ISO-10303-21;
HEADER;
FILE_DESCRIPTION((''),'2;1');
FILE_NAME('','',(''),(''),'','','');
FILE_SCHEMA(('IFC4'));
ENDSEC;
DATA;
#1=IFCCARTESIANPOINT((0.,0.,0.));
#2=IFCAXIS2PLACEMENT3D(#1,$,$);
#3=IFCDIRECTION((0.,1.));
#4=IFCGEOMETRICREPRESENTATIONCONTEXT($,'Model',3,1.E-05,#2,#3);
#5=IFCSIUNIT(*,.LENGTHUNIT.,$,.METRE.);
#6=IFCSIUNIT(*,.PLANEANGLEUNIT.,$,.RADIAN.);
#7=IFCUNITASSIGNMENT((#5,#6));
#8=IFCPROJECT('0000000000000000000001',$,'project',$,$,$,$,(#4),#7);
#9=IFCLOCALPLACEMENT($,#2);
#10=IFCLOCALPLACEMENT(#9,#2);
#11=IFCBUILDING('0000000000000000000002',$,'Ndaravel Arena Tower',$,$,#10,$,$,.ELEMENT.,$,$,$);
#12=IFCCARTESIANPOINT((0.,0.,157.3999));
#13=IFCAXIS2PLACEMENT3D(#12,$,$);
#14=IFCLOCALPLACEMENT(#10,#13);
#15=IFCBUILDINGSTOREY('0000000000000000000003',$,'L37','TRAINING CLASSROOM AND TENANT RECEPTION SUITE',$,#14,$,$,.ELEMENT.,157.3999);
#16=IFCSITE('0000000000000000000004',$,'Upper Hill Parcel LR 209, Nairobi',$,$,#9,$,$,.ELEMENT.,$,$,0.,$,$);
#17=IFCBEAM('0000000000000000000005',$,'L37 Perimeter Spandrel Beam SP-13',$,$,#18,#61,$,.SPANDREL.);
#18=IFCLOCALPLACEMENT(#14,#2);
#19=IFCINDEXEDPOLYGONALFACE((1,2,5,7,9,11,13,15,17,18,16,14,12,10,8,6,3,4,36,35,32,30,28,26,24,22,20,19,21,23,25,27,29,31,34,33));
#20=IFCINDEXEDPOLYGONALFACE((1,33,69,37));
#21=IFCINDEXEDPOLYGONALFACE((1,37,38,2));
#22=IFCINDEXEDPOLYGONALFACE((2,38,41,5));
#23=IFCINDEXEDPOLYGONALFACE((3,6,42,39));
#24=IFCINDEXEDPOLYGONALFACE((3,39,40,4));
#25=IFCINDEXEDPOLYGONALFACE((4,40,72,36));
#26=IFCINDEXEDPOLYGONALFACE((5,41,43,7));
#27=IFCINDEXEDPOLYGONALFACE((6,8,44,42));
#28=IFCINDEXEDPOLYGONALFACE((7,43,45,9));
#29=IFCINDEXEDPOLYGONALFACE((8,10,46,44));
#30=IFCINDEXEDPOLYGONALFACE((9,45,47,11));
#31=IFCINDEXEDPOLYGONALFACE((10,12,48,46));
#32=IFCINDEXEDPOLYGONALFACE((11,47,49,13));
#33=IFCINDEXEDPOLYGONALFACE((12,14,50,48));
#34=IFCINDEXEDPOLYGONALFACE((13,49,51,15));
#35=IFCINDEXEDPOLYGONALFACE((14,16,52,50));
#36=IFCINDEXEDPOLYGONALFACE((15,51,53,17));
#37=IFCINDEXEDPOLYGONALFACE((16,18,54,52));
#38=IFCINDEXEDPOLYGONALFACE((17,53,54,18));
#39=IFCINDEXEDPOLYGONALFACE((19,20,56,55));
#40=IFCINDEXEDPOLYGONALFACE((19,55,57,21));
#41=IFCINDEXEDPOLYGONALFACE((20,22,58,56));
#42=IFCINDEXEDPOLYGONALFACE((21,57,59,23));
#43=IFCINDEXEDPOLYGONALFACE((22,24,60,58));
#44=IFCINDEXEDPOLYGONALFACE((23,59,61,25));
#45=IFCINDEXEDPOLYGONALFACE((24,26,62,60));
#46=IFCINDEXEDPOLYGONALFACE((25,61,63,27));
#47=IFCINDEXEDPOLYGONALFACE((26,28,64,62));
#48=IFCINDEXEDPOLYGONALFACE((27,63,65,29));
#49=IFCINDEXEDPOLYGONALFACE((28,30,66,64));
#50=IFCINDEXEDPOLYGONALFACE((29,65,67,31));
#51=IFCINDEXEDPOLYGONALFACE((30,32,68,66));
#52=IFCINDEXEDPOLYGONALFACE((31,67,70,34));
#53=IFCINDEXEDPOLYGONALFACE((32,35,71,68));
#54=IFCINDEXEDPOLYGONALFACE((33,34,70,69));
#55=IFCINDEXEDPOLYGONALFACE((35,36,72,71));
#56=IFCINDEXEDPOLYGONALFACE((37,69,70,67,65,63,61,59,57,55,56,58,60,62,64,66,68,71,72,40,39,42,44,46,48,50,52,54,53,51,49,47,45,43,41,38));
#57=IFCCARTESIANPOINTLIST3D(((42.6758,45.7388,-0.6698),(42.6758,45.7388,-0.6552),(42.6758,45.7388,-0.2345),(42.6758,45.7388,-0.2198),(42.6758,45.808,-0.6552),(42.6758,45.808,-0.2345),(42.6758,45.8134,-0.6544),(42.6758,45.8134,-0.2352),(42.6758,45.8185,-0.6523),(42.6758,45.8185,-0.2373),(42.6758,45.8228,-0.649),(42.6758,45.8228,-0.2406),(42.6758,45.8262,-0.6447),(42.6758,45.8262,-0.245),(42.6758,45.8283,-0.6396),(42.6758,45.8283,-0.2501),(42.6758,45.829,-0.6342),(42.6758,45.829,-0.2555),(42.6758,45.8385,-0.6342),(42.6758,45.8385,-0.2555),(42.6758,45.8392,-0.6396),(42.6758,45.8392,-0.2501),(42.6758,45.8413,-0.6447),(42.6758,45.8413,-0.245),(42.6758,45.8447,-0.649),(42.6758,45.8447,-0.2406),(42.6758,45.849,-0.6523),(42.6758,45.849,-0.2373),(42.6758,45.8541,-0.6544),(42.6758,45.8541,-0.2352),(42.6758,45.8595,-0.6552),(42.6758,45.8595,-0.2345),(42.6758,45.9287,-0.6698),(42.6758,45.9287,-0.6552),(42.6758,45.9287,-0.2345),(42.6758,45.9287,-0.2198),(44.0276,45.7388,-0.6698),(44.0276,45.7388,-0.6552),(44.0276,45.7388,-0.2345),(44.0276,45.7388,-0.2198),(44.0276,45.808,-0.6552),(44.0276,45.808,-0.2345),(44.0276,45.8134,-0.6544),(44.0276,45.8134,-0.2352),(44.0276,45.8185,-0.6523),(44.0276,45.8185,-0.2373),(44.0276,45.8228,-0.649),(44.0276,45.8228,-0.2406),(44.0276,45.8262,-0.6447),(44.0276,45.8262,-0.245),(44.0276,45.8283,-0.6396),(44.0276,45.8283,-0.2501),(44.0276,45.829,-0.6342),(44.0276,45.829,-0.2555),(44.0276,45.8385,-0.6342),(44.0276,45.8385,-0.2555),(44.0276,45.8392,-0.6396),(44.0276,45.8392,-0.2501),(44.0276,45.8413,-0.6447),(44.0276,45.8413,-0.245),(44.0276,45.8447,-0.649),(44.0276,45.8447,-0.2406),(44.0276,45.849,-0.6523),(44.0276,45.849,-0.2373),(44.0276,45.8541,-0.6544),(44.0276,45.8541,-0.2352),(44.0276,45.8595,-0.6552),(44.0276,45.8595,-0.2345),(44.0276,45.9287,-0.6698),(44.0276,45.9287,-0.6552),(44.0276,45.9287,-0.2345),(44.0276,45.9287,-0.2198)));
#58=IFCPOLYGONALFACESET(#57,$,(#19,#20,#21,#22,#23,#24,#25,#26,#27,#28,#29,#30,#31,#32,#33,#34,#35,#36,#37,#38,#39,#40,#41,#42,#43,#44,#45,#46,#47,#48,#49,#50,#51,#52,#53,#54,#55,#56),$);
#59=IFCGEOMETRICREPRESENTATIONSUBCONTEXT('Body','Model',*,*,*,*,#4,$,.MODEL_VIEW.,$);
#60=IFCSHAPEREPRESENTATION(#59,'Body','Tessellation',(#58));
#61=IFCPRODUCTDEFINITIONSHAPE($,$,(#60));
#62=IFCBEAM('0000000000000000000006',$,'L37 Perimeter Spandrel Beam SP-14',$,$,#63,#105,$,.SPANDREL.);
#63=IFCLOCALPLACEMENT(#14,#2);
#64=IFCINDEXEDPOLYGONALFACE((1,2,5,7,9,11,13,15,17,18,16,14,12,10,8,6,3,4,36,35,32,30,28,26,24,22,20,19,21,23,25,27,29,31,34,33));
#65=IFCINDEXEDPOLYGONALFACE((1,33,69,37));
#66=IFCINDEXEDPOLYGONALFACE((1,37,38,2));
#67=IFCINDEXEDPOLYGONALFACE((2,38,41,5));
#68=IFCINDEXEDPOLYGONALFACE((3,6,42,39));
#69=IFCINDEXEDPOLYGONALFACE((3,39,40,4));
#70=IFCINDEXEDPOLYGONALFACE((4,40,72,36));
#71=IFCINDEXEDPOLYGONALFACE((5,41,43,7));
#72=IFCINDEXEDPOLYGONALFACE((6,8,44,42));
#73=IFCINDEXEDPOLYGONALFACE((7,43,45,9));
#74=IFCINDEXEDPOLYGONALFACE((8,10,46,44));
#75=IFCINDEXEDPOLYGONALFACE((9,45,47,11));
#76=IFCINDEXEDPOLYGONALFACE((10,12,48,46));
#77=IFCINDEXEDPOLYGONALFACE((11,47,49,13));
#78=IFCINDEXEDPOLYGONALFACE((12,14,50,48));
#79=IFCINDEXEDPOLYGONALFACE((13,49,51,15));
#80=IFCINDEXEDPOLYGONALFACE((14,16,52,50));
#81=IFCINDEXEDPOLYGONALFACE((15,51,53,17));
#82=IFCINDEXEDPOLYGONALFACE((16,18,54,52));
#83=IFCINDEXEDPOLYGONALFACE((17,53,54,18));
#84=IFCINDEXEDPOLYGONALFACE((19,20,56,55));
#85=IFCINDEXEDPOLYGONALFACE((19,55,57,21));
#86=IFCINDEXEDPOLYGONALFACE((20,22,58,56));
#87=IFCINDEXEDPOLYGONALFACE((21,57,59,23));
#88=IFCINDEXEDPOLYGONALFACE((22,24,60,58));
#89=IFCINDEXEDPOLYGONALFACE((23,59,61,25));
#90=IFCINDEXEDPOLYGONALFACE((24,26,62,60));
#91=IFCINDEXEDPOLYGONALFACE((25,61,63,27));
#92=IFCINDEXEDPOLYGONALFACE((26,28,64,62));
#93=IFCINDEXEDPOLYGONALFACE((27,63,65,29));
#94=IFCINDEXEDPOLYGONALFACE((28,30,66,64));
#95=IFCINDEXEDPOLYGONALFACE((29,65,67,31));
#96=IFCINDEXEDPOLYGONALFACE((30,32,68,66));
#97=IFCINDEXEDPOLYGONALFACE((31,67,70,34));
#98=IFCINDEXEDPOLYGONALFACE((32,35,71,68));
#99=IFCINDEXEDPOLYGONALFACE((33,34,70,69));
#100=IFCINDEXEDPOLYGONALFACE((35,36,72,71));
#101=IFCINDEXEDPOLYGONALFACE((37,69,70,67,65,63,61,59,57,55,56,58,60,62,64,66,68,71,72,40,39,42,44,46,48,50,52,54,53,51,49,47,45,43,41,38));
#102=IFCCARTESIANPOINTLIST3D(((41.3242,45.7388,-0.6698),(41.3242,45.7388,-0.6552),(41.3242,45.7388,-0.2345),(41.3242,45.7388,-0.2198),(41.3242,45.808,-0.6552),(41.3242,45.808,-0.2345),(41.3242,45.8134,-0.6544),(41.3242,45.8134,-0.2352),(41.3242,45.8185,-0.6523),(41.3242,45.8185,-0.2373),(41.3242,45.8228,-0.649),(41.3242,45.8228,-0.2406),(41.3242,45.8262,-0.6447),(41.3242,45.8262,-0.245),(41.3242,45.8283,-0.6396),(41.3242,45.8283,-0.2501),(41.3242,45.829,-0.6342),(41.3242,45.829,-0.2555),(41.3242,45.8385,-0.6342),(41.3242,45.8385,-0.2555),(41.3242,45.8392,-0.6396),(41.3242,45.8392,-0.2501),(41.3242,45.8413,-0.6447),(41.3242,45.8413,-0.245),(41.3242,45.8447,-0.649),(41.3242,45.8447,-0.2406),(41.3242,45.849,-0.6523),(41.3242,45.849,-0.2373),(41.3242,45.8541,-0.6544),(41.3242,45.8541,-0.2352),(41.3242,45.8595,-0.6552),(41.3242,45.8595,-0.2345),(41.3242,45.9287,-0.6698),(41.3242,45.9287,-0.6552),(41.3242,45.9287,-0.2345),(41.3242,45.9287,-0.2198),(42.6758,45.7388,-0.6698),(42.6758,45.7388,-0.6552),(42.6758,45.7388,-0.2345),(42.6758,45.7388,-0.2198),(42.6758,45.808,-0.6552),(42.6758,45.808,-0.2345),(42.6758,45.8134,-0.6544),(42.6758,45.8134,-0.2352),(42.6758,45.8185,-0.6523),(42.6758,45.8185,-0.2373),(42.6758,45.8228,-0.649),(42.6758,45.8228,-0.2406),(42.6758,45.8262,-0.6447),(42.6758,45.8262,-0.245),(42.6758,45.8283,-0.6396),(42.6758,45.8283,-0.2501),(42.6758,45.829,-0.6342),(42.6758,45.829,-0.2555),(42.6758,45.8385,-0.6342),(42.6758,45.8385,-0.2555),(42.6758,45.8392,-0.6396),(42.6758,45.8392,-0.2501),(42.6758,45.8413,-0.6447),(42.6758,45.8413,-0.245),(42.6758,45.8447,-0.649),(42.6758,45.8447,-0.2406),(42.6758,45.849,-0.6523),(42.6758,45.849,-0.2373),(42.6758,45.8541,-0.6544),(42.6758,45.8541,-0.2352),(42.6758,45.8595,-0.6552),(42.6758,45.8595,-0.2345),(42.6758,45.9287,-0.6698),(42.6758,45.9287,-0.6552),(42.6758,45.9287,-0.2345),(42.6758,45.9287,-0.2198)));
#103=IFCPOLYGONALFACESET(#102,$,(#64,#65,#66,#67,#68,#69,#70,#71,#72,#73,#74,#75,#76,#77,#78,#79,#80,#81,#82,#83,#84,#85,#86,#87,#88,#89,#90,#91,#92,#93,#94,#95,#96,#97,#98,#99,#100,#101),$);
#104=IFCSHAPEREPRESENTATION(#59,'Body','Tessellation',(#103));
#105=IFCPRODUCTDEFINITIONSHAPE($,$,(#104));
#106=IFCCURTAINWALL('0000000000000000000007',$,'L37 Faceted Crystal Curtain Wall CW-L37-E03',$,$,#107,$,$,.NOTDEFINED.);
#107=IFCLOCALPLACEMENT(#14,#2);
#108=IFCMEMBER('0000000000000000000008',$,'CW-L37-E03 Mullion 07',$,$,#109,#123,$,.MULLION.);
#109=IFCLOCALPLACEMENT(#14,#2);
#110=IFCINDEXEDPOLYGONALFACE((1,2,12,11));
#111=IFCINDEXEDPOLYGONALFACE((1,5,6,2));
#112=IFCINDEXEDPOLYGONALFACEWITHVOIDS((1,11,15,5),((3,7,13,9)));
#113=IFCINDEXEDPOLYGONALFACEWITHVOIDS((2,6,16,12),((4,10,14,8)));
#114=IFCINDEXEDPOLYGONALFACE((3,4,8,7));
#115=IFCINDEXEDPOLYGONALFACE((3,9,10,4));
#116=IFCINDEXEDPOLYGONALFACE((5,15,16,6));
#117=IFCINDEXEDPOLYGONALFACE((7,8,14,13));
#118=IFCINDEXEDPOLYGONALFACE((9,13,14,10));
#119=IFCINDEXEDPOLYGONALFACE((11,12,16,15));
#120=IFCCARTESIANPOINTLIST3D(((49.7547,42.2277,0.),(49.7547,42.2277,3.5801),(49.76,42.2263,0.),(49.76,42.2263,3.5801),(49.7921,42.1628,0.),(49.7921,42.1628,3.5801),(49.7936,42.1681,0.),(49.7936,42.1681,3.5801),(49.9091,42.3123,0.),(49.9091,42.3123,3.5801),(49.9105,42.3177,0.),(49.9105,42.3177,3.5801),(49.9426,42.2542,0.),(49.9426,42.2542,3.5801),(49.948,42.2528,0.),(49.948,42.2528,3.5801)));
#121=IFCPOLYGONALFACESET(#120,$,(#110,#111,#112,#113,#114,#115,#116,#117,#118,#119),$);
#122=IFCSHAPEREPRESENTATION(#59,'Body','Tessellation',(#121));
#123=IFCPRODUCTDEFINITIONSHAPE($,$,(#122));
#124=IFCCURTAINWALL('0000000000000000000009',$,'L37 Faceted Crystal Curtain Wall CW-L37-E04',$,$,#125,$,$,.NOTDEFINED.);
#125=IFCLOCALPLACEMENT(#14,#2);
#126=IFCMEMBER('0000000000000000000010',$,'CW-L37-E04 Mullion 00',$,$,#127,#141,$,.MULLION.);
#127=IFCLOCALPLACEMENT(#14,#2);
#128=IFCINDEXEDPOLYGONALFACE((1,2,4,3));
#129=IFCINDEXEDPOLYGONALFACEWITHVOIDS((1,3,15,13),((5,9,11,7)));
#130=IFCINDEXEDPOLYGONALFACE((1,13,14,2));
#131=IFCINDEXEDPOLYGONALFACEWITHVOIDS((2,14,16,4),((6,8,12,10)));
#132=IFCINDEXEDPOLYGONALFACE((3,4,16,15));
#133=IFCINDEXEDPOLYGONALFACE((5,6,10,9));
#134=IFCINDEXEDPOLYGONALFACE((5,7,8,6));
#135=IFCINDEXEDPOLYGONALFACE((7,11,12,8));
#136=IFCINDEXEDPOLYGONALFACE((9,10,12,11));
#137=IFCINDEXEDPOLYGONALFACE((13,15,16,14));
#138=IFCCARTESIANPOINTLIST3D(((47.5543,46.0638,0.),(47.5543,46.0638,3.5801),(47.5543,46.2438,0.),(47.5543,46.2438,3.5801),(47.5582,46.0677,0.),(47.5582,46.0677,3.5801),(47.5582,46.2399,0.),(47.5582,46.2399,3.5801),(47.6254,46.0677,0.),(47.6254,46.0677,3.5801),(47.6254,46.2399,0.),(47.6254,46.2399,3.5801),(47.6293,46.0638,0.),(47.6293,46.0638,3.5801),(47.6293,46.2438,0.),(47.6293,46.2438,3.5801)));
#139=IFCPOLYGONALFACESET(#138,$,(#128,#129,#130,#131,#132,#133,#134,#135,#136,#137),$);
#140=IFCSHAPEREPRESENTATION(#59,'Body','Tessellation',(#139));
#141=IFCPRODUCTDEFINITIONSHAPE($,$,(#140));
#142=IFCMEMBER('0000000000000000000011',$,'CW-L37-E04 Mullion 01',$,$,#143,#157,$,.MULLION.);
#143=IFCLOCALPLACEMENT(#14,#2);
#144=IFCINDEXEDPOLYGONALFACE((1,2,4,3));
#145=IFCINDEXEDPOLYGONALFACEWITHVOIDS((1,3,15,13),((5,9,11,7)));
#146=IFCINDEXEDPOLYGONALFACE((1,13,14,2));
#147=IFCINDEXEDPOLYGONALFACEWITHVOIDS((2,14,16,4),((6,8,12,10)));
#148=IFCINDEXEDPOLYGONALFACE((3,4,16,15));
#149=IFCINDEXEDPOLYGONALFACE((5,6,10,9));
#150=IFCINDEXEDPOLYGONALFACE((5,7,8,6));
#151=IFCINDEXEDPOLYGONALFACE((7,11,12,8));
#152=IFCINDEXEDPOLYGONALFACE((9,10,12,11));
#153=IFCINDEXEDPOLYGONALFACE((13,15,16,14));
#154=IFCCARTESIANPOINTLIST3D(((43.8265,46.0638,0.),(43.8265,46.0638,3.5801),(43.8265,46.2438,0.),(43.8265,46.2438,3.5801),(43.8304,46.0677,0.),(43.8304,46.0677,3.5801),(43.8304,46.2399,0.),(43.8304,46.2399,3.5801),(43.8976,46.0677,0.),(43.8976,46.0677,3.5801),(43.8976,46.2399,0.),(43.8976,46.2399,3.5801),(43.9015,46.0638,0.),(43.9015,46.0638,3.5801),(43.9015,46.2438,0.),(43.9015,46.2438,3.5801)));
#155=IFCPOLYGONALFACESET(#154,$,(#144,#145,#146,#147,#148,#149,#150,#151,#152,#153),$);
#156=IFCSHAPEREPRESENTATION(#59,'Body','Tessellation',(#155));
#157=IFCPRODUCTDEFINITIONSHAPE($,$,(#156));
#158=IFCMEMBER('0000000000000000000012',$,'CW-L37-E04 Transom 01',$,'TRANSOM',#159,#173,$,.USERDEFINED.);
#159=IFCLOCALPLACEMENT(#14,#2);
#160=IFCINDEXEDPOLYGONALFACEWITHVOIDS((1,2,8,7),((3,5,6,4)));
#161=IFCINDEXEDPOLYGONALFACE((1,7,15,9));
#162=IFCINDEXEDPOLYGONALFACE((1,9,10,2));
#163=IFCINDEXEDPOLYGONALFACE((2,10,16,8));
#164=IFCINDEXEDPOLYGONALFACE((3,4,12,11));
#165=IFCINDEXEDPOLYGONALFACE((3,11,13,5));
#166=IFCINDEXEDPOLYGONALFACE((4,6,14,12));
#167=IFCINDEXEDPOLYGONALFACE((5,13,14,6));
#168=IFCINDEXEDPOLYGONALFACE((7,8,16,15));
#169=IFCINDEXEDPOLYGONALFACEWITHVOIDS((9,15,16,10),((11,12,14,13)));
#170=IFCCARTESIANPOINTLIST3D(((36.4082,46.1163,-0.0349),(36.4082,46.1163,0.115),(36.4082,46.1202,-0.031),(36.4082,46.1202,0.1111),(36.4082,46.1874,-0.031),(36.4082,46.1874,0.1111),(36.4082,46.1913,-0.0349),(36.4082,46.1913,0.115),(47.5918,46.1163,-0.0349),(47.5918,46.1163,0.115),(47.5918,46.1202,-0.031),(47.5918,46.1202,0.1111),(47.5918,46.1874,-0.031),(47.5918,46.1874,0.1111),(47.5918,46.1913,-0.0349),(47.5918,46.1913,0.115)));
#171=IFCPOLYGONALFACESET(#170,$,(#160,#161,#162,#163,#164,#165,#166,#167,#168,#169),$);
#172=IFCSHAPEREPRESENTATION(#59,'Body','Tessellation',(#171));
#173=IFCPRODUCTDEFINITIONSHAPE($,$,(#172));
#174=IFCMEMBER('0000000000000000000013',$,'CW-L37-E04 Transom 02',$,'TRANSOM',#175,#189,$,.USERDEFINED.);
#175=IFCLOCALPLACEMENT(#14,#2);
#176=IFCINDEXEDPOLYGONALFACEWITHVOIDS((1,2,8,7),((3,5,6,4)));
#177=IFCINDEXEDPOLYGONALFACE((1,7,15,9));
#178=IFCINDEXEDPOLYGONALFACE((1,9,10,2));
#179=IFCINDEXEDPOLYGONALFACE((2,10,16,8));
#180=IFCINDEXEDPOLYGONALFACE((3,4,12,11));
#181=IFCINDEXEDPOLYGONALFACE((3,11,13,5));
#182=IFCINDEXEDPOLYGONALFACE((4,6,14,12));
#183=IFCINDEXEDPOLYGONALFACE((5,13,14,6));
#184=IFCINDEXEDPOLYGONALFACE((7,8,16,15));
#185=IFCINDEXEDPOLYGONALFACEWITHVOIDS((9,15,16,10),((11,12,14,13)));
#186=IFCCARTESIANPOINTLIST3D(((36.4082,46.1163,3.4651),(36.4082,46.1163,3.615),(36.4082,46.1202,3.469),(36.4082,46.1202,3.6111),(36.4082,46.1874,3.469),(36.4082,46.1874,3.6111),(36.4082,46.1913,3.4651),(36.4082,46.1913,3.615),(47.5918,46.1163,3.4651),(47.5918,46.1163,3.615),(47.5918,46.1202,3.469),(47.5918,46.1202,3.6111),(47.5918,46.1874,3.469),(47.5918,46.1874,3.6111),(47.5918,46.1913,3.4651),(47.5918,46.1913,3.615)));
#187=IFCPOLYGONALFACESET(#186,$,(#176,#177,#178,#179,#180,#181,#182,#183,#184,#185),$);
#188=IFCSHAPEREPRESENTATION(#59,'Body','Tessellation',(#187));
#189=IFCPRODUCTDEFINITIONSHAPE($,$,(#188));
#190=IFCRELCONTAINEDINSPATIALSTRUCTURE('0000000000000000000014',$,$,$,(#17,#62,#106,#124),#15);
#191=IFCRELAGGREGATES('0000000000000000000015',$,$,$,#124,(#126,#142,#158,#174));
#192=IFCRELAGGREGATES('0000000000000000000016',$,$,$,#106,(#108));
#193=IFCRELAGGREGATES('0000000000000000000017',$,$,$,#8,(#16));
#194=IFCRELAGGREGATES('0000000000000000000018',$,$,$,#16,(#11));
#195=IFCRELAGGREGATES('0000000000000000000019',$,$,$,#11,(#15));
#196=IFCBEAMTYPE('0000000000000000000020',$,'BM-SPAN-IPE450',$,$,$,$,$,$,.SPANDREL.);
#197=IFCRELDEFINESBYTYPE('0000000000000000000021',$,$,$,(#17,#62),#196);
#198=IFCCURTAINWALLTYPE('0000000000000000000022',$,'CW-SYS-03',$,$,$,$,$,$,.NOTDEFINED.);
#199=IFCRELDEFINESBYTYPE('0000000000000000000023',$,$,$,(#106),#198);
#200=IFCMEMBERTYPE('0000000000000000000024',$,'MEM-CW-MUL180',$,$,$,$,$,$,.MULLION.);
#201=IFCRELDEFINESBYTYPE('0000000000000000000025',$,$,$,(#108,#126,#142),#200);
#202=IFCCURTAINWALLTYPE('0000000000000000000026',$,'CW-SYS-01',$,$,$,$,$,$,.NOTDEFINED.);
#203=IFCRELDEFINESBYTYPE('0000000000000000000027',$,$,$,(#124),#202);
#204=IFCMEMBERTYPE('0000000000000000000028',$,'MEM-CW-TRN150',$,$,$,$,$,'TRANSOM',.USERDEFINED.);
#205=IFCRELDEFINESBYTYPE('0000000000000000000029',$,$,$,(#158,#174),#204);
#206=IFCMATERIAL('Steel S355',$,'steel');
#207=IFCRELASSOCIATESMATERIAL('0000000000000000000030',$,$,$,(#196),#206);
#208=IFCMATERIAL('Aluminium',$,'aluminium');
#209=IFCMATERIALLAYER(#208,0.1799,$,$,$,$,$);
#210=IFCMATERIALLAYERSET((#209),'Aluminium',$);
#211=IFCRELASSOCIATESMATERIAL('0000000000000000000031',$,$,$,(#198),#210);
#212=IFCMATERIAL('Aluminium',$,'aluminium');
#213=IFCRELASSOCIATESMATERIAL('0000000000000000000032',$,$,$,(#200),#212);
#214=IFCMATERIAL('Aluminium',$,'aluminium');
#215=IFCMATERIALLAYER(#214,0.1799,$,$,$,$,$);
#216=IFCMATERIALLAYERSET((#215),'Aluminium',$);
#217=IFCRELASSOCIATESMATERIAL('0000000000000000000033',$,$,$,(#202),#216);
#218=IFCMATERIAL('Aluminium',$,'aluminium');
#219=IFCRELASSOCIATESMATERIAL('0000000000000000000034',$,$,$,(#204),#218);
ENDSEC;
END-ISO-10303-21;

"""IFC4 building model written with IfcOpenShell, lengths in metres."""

from ifc_helpers import new_model, si_unit, direction, frame, origin, origin_2d, place, context, subcontext, project, spatial, hollow_rectangle, i_section, extrude, material, layer, layer_set, material_profile, profile_set, type_object, element, aggregate, save


model = new_model("IFC4")

# Units and contexts
model_context = context("Model", 3, precision=1e-05, world=origin(), true_north=direction((0.0, 1.0)))
body_context = subcontext(model_context, "Body", "Model", "MODEL_VIEW")
ifc_project = project(units=[si_unit("LENGTHUNIT", "METRE"), si_unit("PLANEANGLEUNIT", "RADIAN")], contexts=[model_context])

# Site, building, storey
site_placement = place(None, origin())
site = spatial("IfcSite", under=ifc_project, at=site_placement, Name="Upper Hill Parcel LR 209, Nairobi", CompositionType="ELEMENT", RefElevation=0.0)
building_placement = place(site_placement, origin())
building = spatial("IfcBuilding", under=site, at=building_placement, Name="Ndaravel Arena Tower", CompositionType="ELEMENT")
storey_placement = place(building_placement, frame((0.0, 0.0, 157.3999)))
storey = spatial("IfcBuildingStorey", under=building, at=storey_placement, Name="L37", Description="TRAINING CLASSROOM AND TENANT RECEPTION SUITE", CompositionType="ELEMENT", Elevation=157.3999)

# Beams
ifc_material_1 = material(Name="Steel S355", Category="steel")
ifc_material_profile_1 = material_profile(ifc_material_1, i_section(OverallWidth=0.1899, OverallDepth=0.45, WebThickness=0.0095, FlangeThickness=0.0146, FilletRadius=0.021, at=origin_2d()), Name="IPE 450")
ifc_profile_set_1 = profile_set([ifc_material_profile_1], Name="Steel S355")
beam_type_1 = type_object("IfcBeamType", Name="BM-SPAN-IPE450", PredefinedType="SPANDREL", material=ifc_profile_set_1)
for number, where, z_axis, x_axis, name in (
    (1, (44.0276, 45.8337, -0.4448), (-1.0, 0.0, 0.0), (0.0, -1.0, 0.0), "L37 Perimeter Spandrel Beam SP-13"),
):
    element("IfcBeam", number, at=place(storey_placement, frame(where, z_axis=z_axis, x_axis=x_axis)), inside=storey, type_object=beam_type_1, Name=name, PredefinedType="SPANDREL", context=body_context, shape_type="SweptSolid", body=[
        extrude(i_section(OverallWidth=0.1899, OverallDepth=0.45, WebThickness=0.0095, FlangeThickness=0.0146, FilletRadius=0.021, at=origin_2d()), origin(), (0.0, 0.0, 1.0), 1.3518),
    ])
beam_1_placement = place(storey_placement, frame((42.6758, 45.8337, -0.4448), z_axis=(-1.0, 0.0, 0.0), x_axis=(0.0, -1.0, 0.0)))
element("IfcBeam", 2, at=beam_1_placement, inside=storey, type_object=beam_type_1, Name="L37 Perimeter Spandrel Beam SP-14", PredefinedType="SPANDREL", context=body_context, shape_type="SweptSolid", body=[
    extrude(i_section(OverallWidth=0.1899, OverallDepth=0.45, WebThickness=0.0095, FlangeThickness=0.0146, FilletRadius=0.021, at=origin_2d()), origin(), (0.0, 0.0, 1.0), 1.3516),
])

# Curtain wall, member
ifc_material_2 = material(Name="Aluminium", Category="aluminium")
ifc_layer_1 = layer(ifc_material_2, 0.1799)
ifc_layer_set_1 = layer_set([ifc_layer_1], Name="Aluminium")
curtain_wall_type_1 = type_object("IfcCurtainWallType", Name="CW-SYS-03", PredefinedType="NOTDEFINED", material=ifc_layer_set_1)
curtain_wall_1_placement = place(storey_placement, origin())
curtain_wall_1 = element("IfcCurtainWall", 3, at=curtain_wall_1_placement, inside=storey, type_object=curtain_wall_type_1, Name="L37 Faceted Crystal Curtain Wall CW-L37-E03", PredefinedType="NOTDEFINED")
ifc_material_3 = material(Name="Aluminium", Category="aluminium")
ifc_material_profile_2 = material_profile(ifc_material_3, hollow_rectangle(XDim=0.075, YDim=0.1799, WallThickness=0.0039, at=origin_2d()), Name="CW MULLION 75x180x4")
ifc_profile_set_2 = profile_set([ifc_material_profile_2], Name="Aluminium")
member_type_1 = type_object("IfcMemberType", Name="MEM-CW-MUL180", PredefinedType="MULLION", material=ifc_profile_set_2)
member_1_placement = place(storey_placement, frame((49.8513, 42.2402, 0.0), z_axis=(0.0, 0.0, 1.0), x_axis=(-0.5, 0.866025, 0.0)))
member_1 = element("IfcMember", 4, at=member_1_placement, type_object=member_type_1, Name="CW-L37-E03 Mullion 07", PredefinedType="MULLION", context=body_context, shape_type="SweptSolid", body=[
    extrude(hollow_rectangle(XDim=0.075, YDim=0.1799, WallThickness=0.0039, at=origin_2d()), origin(), (0.0, 0.0, 1.0), 3.5801),
])

# Curtain wall, members
ifc_material_4 = material(Name="Aluminium", Category="aluminium")
ifc_layer_2 = layer(ifc_material_4, 0.1799)
ifc_layer_set_2 = layer_set([ifc_layer_2], Name="Aluminium")
curtain_wall_type_2 = type_object("IfcCurtainWallType", Name="CW-SYS-01", PredefinedType="NOTDEFINED", material=ifc_layer_set_2)
curtain_wall_2_placement = place(storey_placement, origin())
curtain_wall_2 = element("IfcCurtainWall", 5, at=curtain_wall_2_placement, inside=storey, type_object=curtain_wall_type_2, Name="L37 Faceted Crystal Curtain Wall CW-L37-E04", PredefinedType="NOTDEFINED")
member_2_placement = place(storey_placement, frame((47.5918, 46.1538, 0.0), z_axis=(0.0, 0.0, 1.0), x_axis=(-1.0, 0.0, 0.0)))
member_2 = element("IfcMember", 6, at=member_2_placement, type_object=member_type_1, Name="CW-L37-E04 Mullion 00", PredefinedType="MULLION", context=body_context, shape_type="SweptSolid", body=[
    extrude(hollow_rectangle(XDim=0.075, YDim=0.1799, WallThickness=0.0039, at=origin_2d()), origin(), (0.0, 0.0, 1.0), 3.5801),
])
member_3_placement = place(storey_placement, frame((43.864, 46.1538, 0.0), z_axis=(0.0, 0.0, 1.0), x_axis=(-1.0, 0.0, 0.0)))
member_3 = element("IfcMember", 7, at=member_3_placement, type_object=member_type_1, Name="CW-L37-E04 Mullion 01", PredefinedType="MULLION", context=body_context, shape_type="SweptSolid", body=[
    extrude(hollow_rectangle(XDim=0.075, YDim=0.1799, WallThickness=0.0039, at=origin_2d()), origin(), (0.0, 0.0, 1.0), 3.5801),
])
ifc_material_5 = material(Name="Aluminium", Category="aluminium")
ifc_material_profile_3 = material_profile(ifc_material_5, hollow_rectangle(XDim=0.075, YDim=0.1499, WallThickness=0.0039, at=origin_2d()), Name="CW TRANSOM 75x150x4")
ifc_profile_set_3 = profile_set([ifc_material_profile_3], Name="Aluminium")
member_type_2 = type_object("IfcMemberType", Name="MEM-CW-TRN150", ElementType="TRANSOM", PredefinedType="USERDEFINED", material=ifc_profile_set_3)
member_4_placement = place(storey_placement, frame((47.5918, 46.1538, 0.04), z_axis=(-1.0, 0.0, 0.0), x_axis=(0.0, -1.0, 0.0)))
member_4 = element("IfcMember", 8, at=member_4_placement, type_object=member_type_2, Name="CW-L37-E04 Transom 01", ObjectType="TRANSOM", PredefinedType="USERDEFINED", context=body_context, shape_type="SweptSolid", body=[
    extrude(hollow_rectangle(XDim=0.075, YDim=0.1499, WallThickness=0.0039, at=origin_2d()), origin(), (0.0, 0.0, 1.0), 11.1836),
])
member_5_placement = place(storey_placement, frame((47.5918, 46.1538, 3.54), z_axis=(-1.0, 0.0, 0.0), x_axis=(0.0, -1.0, 0.0)))
member_5 = element("IfcMember", 9, at=member_5_placement, type_object=member_type_2, Name="CW-L37-E04 Transom 02", ObjectType="TRANSOM", PredefinedType="USERDEFINED", context=body_context, shape_type="SweptSolid", body=[
    extrude(hollow_rectangle(XDim=0.075, YDim=0.1499, WallThickness=0.0039, at=origin_2d()), origin(), (0.0, 0.0, 1.0), 11.1836),
])
aggregate(curtain_wall_2, [member_2, member_3, member_4, member_5])

aggregate(curtain_wall_1, [member_1])

save(model, "model.ifc")
